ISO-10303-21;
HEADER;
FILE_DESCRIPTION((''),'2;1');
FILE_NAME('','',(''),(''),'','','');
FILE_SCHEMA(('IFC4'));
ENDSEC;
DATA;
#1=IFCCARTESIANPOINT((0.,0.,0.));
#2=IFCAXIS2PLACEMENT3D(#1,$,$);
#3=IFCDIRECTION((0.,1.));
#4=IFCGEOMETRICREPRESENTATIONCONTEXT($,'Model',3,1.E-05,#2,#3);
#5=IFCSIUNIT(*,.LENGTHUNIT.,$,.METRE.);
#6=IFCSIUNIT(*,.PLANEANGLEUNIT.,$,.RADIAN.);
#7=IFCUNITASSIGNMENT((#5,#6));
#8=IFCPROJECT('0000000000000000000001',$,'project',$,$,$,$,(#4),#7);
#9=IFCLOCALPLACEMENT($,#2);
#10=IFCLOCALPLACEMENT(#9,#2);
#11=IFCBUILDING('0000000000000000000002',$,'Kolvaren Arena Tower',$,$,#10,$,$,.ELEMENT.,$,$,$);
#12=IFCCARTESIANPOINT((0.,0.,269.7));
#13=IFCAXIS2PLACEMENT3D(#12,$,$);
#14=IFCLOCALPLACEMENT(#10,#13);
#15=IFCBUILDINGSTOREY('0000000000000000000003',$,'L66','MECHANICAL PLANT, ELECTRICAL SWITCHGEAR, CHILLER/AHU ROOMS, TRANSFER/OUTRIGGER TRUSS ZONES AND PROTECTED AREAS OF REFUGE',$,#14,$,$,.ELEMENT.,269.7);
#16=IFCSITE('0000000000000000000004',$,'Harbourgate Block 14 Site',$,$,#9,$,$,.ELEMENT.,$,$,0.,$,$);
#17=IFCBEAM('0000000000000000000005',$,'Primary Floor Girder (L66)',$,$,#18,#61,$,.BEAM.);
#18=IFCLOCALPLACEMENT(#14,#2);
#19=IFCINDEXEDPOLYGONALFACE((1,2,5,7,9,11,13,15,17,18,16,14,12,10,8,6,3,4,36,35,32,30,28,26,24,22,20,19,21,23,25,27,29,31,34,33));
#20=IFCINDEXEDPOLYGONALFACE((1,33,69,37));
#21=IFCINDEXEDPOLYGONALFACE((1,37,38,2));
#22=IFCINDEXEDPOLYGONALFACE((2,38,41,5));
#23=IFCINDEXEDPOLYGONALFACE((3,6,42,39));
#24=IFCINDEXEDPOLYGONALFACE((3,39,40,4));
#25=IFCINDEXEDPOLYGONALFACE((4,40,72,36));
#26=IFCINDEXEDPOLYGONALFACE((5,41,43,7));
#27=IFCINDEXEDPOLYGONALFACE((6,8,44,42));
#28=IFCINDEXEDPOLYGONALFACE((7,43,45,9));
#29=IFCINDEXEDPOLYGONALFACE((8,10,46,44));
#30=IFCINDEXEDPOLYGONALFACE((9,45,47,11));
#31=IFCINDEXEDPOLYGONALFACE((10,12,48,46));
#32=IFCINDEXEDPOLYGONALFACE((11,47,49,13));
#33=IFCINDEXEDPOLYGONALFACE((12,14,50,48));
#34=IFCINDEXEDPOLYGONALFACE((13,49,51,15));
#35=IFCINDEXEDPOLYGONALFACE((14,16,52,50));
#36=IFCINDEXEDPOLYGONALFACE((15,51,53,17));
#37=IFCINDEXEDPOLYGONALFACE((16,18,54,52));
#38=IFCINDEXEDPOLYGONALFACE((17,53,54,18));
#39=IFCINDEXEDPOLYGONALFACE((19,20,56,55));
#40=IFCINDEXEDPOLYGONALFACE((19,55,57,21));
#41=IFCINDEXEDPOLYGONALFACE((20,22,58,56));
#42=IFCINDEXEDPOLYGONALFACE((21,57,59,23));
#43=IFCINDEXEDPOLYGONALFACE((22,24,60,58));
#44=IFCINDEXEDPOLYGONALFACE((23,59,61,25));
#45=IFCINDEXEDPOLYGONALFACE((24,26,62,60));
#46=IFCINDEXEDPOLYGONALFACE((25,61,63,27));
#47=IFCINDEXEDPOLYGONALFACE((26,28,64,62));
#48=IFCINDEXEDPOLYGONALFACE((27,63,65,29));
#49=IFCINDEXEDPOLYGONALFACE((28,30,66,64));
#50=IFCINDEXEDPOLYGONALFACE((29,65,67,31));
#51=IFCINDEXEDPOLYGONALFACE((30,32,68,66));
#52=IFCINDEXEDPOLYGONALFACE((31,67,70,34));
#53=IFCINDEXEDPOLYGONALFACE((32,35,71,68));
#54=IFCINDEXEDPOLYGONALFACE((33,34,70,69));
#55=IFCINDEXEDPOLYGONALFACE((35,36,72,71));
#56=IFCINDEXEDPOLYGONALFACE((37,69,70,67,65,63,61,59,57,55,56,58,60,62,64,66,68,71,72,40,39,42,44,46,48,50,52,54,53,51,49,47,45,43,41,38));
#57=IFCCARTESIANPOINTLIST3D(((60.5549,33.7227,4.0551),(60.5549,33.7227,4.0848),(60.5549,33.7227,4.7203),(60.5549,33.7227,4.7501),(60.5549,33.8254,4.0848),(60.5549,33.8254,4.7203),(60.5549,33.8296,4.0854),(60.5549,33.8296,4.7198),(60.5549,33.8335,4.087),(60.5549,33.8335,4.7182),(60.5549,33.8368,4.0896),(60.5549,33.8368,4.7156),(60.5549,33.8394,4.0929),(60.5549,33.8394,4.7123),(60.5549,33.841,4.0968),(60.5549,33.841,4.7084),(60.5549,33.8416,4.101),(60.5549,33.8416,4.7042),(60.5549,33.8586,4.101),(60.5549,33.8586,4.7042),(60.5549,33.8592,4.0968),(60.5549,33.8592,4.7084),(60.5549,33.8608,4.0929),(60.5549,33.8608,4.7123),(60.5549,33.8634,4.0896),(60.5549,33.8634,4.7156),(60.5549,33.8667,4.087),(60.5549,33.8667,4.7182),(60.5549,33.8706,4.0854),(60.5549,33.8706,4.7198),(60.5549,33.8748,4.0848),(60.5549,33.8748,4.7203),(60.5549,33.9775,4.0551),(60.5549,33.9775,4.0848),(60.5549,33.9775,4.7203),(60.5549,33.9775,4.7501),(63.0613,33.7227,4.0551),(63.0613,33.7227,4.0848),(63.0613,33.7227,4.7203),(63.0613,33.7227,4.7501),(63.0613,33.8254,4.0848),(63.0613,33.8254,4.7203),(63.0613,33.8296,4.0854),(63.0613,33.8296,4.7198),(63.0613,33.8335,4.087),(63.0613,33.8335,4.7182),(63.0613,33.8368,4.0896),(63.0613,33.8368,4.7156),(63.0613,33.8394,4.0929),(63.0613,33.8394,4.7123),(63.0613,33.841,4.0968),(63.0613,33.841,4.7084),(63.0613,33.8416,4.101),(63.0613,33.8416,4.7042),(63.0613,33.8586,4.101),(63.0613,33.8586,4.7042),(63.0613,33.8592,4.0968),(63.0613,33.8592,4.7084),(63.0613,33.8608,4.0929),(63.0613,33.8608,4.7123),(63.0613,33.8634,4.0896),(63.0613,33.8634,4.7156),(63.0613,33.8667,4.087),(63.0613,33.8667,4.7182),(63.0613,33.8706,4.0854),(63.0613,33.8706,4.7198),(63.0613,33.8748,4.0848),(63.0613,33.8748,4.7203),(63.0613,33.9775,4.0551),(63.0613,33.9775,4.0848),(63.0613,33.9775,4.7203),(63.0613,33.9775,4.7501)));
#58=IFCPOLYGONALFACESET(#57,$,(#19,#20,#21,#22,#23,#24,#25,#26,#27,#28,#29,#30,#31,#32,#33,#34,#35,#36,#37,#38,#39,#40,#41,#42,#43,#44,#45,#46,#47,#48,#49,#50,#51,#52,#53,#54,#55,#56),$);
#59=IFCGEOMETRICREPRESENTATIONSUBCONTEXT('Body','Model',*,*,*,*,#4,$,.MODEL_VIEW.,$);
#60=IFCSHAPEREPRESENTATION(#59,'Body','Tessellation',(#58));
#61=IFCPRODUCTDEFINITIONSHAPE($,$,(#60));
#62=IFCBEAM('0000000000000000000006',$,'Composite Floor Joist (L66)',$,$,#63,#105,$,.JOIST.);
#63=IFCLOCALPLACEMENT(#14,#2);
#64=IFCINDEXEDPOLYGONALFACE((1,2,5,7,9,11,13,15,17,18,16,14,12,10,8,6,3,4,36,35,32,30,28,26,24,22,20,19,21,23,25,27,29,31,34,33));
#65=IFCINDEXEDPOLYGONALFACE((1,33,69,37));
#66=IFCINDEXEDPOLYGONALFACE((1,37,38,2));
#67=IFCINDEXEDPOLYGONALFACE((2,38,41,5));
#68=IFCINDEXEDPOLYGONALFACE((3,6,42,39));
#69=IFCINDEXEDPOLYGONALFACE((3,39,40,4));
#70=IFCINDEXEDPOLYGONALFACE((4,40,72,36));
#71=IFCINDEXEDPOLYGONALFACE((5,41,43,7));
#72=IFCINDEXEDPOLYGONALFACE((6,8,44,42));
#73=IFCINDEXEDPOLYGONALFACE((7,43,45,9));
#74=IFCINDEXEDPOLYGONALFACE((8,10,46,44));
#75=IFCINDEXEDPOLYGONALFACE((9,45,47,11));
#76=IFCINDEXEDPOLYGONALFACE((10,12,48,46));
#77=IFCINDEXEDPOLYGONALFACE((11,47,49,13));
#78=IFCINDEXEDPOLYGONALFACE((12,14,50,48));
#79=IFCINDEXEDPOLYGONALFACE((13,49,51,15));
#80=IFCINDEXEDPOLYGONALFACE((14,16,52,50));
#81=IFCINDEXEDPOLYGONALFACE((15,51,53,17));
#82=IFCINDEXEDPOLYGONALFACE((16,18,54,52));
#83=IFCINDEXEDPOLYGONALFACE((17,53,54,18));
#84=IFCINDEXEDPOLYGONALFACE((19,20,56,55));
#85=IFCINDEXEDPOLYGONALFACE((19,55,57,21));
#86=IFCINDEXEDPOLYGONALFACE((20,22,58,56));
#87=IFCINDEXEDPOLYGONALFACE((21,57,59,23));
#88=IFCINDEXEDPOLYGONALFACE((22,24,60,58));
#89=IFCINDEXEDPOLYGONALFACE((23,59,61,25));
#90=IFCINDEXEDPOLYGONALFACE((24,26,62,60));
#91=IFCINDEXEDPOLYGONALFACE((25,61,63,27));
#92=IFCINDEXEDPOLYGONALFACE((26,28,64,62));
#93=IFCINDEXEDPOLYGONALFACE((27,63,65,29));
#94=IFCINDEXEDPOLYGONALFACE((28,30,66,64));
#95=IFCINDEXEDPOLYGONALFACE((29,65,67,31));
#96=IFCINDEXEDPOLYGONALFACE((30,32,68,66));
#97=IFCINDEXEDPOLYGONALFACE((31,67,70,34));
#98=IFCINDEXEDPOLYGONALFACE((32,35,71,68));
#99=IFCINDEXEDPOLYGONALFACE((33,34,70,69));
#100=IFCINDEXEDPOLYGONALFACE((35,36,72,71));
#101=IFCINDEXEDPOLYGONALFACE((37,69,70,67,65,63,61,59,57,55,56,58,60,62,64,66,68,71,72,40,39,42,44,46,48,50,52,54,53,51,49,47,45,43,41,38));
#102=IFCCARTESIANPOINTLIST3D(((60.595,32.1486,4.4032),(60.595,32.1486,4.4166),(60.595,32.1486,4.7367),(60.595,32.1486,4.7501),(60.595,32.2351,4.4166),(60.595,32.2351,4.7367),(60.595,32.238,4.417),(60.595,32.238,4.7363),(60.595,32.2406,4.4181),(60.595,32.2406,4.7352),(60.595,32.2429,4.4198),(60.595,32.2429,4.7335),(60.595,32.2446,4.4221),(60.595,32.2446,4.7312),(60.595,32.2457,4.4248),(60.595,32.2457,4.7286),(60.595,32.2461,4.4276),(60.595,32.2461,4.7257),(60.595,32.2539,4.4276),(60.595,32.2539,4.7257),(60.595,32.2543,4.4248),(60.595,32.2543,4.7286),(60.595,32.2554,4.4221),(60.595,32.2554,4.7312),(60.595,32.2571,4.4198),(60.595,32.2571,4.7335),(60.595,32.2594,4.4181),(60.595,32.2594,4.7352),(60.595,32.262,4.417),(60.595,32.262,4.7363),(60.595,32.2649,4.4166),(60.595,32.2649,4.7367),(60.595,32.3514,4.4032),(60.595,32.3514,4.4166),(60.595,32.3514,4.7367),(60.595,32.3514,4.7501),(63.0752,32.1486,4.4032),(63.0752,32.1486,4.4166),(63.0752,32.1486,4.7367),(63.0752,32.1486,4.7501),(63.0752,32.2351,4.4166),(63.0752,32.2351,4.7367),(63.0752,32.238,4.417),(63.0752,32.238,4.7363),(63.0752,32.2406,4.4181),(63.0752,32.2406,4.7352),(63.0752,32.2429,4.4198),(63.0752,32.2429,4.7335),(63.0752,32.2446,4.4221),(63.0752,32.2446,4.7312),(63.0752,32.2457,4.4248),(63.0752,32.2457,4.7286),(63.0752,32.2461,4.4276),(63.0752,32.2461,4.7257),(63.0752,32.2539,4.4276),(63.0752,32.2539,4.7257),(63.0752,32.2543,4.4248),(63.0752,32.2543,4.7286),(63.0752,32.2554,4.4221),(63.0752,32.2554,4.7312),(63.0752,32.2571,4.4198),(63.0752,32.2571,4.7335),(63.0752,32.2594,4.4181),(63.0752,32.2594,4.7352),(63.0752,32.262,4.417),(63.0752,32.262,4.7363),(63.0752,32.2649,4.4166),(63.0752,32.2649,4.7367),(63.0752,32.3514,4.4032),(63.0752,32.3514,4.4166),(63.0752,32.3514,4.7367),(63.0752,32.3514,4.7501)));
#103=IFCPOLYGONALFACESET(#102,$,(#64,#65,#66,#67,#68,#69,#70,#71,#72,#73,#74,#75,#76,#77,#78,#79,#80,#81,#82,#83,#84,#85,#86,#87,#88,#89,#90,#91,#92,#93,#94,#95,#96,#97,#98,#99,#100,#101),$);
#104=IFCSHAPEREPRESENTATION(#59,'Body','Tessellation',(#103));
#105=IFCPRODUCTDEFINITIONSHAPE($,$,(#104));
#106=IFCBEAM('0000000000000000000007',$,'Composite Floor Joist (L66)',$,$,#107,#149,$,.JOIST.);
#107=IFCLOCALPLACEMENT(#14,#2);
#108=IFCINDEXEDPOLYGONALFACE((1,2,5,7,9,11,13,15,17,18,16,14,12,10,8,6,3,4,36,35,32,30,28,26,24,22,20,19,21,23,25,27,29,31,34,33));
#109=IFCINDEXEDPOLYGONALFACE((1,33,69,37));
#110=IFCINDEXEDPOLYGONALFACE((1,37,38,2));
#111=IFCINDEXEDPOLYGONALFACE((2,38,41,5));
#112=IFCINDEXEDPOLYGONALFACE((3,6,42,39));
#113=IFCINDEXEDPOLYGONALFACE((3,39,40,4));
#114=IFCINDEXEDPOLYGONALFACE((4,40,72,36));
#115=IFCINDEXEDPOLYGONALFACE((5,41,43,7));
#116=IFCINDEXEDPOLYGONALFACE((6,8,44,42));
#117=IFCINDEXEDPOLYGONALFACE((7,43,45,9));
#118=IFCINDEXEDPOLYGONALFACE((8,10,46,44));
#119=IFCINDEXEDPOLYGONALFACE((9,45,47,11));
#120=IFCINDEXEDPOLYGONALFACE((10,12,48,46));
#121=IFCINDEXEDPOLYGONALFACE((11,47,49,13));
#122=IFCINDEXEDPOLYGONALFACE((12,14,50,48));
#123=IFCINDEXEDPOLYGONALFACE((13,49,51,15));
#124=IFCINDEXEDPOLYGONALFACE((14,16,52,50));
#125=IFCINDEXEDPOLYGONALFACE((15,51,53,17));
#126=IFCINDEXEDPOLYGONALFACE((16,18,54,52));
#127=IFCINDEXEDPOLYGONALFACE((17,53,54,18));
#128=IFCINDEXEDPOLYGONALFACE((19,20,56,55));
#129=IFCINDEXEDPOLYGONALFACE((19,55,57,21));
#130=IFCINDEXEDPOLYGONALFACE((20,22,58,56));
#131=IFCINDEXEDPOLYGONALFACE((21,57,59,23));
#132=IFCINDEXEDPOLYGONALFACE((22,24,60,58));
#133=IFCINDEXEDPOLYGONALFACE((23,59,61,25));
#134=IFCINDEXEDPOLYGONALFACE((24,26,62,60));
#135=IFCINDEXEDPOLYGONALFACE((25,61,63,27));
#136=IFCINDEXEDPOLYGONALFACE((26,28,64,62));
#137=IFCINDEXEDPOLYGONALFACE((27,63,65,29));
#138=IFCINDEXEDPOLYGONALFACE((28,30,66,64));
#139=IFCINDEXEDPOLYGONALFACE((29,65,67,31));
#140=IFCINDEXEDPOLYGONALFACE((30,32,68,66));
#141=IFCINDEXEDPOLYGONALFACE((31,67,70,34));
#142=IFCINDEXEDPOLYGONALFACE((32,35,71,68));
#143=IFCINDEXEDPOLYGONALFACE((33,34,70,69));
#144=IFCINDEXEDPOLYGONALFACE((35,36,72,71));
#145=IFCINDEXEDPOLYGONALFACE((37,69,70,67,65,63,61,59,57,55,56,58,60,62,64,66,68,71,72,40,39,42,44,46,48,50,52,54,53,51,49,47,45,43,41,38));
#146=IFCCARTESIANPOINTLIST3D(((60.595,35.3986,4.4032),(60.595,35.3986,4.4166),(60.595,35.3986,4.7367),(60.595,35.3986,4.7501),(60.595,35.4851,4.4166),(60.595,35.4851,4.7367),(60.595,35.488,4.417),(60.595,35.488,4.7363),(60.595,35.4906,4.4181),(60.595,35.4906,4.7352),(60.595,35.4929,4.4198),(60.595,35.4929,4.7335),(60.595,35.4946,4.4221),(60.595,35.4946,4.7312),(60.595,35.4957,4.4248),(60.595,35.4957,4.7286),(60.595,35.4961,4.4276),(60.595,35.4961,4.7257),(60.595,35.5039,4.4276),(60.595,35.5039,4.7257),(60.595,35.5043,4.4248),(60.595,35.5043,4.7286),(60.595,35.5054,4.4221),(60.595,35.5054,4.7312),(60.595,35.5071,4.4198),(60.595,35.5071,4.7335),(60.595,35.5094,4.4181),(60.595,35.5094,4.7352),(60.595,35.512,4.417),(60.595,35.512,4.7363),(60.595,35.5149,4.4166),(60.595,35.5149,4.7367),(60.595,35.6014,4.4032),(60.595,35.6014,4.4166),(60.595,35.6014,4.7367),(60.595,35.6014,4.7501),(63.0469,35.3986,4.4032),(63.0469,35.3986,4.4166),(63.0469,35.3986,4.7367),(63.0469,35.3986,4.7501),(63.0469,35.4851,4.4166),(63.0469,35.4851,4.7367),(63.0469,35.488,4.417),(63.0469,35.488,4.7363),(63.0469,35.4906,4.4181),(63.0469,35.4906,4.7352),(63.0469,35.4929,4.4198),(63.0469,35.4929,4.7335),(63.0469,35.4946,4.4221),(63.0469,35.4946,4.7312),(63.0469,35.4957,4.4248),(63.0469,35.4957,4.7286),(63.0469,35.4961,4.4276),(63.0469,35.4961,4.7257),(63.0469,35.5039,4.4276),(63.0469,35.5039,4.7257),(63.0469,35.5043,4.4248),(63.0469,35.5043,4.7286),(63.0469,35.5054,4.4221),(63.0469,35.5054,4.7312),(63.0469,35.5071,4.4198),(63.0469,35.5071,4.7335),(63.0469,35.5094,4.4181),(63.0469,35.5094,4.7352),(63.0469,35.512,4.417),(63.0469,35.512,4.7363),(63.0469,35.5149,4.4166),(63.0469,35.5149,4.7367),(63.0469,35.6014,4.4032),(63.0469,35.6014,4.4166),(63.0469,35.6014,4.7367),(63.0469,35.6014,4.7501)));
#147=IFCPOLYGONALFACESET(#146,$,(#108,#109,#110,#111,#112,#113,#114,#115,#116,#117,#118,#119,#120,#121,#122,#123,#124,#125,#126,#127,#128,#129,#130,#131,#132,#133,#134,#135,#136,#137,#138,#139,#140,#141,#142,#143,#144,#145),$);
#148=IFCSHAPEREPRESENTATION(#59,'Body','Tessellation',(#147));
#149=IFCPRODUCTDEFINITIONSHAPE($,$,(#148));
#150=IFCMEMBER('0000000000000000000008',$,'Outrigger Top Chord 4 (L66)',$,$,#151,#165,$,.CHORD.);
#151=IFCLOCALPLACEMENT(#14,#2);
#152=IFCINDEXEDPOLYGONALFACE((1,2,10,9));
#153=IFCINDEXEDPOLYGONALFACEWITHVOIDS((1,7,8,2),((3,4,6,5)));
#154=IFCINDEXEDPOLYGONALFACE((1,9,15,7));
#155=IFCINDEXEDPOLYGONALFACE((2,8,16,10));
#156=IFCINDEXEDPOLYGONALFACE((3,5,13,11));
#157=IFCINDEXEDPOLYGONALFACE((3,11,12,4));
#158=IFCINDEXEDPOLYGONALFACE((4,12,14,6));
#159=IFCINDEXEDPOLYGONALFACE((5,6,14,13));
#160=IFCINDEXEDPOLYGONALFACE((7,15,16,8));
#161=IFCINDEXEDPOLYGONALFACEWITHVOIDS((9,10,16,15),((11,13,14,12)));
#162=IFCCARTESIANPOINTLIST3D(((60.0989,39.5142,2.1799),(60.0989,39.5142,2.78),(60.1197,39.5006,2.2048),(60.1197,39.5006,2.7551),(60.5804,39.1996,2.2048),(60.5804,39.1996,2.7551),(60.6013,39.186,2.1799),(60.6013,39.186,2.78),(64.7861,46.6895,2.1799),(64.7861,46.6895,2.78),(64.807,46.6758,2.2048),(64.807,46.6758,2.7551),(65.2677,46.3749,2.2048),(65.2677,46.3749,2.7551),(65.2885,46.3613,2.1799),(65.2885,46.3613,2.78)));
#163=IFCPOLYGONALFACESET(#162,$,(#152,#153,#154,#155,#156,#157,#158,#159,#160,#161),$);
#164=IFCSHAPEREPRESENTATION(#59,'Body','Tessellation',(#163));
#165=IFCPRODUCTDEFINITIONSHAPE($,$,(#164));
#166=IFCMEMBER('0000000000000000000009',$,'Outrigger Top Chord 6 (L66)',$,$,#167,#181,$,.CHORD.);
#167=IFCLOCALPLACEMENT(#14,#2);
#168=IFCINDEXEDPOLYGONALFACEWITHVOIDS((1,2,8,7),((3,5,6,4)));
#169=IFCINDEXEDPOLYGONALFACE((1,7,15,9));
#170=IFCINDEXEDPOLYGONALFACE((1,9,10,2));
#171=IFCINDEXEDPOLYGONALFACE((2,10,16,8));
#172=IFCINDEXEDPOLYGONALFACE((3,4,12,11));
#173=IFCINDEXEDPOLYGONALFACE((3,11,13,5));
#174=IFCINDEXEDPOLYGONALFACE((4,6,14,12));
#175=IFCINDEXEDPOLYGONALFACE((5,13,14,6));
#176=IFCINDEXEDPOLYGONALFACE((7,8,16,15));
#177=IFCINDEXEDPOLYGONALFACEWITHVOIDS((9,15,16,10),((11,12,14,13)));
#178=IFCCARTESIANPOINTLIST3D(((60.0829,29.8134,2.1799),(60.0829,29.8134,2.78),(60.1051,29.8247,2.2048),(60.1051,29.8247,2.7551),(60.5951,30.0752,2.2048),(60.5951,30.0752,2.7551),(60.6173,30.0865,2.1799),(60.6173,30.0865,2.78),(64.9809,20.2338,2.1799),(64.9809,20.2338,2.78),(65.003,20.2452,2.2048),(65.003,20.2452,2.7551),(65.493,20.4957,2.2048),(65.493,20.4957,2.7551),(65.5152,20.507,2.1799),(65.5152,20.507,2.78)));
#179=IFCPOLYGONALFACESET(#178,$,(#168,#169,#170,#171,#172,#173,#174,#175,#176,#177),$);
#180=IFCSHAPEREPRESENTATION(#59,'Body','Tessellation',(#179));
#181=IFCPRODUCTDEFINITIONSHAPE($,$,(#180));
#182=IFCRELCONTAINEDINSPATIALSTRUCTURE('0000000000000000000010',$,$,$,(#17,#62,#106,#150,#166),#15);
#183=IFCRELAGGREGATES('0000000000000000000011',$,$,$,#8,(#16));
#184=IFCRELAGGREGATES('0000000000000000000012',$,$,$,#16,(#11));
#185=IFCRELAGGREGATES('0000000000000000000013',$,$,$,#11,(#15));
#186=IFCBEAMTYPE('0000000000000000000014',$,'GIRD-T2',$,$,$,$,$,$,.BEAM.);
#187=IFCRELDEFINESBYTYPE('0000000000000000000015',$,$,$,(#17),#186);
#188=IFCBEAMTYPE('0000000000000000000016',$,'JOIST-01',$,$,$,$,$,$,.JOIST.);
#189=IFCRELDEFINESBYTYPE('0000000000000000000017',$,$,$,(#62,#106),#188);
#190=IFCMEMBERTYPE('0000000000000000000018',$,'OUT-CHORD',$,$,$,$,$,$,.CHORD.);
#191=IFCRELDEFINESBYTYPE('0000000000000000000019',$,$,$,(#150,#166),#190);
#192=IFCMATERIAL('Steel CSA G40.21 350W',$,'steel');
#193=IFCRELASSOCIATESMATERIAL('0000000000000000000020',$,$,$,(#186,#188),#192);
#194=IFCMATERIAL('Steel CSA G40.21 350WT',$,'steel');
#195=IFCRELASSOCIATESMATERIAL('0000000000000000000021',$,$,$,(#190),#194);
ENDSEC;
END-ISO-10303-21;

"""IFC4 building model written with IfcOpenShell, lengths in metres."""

from ifc_helpers import new_model, si_unit, direction, frame, origin, origin_2d, place, context, subcontext, project, spatial, hollow_rectangle, i_section, extrude, material, material_profile, profile_set, type_object, element, save


model = new_model("IFC4")

# Units and contexts
model_context = context("Model", 3, precision=1e-05, world=origin(), true_north=direction((0.0, 1.0)))
body_context = subcontext(model_context, "Body", "Model", "MODEL_VIEW")
ifc_project = project(units=[si_unit("LENGTHUNIT", "METRE"), si_unit("PLANEANGLEUNIT", "RADIAN")], contexts=[model_context])

# Site, building, storey
site_placement = place(None, origin())
site = spatial("IfcSite", under=ifc_project, at=site_placement, Name="Harbourgate Block 14 Site", CompositionType="ELEMENT", RefElevation=0.0)
building_placement = place(site_placement, origin())
building = spatial("IfcBuilding", under=site, at=building_placement, Name="Kolvaren Arena Tower", CompositionType="ELEMENT")
storey_placement = place(building_placement, frame((0.0, 0.0, 269.7)))
storey = spatial("IfcBuildingStorey", under=building, at=storey_placement, Name="L66", Description="MECHANICAL PLANT, ELECTRICAL SWITCHGEAR, CHILLER/AHU ROOMS, TRANSFER/OUTRIGGER TRUSS ZONES AND PROTECTED AREAS OF REFUGE", CompositionType="ELEMENT", Elevation=269.7)

# Shared definitions
ifc_material_1 = material(Name="Steel CSA G40.21 350W", Category="steel")

# Shared definitions
ifc_material_2 = material(Name="Steel CSA G40.21 350WT", Category="steel")

# Beams
ifc_material_profile_1 = material_profile(ifc_material_1, i_section(OverallWidth=0.2549, OverallDepth=0.6951, WebThickness=0.0171, FlangeThickness=0.0298, FilletRadius=0.0161, at=origin_2d()), Name="W690x217")
ifc_profile_set_1 = profile_set([ifc_material_profile_1], Name="Steel CSA G40.21 350W")
beam_type_1 = type_object("IfcBeamType", Name="GIRD-T2", PredefinedType="BEAM", material=ifc_profile_set_1)
beam_1_placement = place(storey_placement, frame((60.5549, 33.8501, 4.4026), z_axis=(1.0, 0.0, 0.0), x_axis=(0.0, 1.0, 0.0)))
element("IfcBeam", 1, at=beam_1_placement, inside=storey, type_object=beam_type_1, Name="Primary Floor Girder (L66)", PredefinedType="BEAM", context=body_context, shape_type="SweptSolid", body=[
    extrude(i_section(OverallWidth=0.2549, OverallDepth=0.6951, WebThickness=0.0171, FlangeThickness=0.0298, FilletRadius=0.0161, at=origin_2d()), origin(), (0.0, 0.0, 1.0), 2.5063),
])
ifc_material_profile_2 = material_profile(ifc_material_1, i_section(OverallWidth=0.2029, OverallDepth=0.3469, WebThickness=0.0078, FlangeThickness=0.0134, FilletRadius=0.011, at=origin_2d()), Name="W360x64")
ifc_profile_set_2 = profile_set([ifc_material_profile_2], Name="Steel CSA G40.21 350W")
beam_type_2 = type_object("IfcBeamType", Name="JOIST-01", PredefinedType="JOIST", material=ifc_profile_set_2)
beam_2_placement = place(storey_placement, frame((60.595, 32.25, 4.5767), z_axis=(1.0, 0.0, 0.0), x_axis=(0.0, 1.0, 0.0)))
element("IfcBeam", 2, at=beam_2_placement, inside=storey, type_object=beam_type_2, Name="Composite Floor Joist (L66)", PredefinedType="JOIST", context=body_context, shape_type="SweptSolid", body=[
    extrude(i_section(OverallWidth=0.2029, OverallDepth=0.3469, WebThickness=0.0078, FlangeThickness=0.0134, FilletRadius=0.011, at=origin_2d()), origin(), (0.0, 0.0, 1.0), 2.4802),
])
beam_3_placement = place(storey_placement, frame((60.595, 35.5, 4.5767), z_axis=(1.0, 0.0, 0.0), x_axis=(0.0, 1.0, 0.0)))
element("IfcBeam", 3, at=beam_3_placement, inside=storey, type_object=beam_type_2, Name="Composite Floor Joist (L66)", PredefinedType="JOIST", context=body_context, shape_type="SweptSolid", body=[
    extrude(i_section(OverallWidth=0.2029, OverallDepth=0.3469, WebThickness=0.0078, FlangeThickness=0.0134, FilletRadius=0.011, at=origin_2d()), origin(), (0.0, 0.0, 1.0), 2.4519),
])

# Members
ifc_material_profile_3 = material_profile(ifc_material_2, hollow_rectangle(XDim=0.6001, YDim=0.6001, WallThickness=0.0249, at=origin_2d()), Name="HSS 600x600x25")
ifc_profile_set_3 = profile_set([ifc_material_profile_3], Name="Steel CSA G40.21 350WT")
member_type_1 = type_object("IfcMemberType", Name="OUT-CHORD", PredefinedType="CHORD", material=ifc_profile_set_3)
member_1_placement = place(storey_placement, frame((60.3501, 39.3501, 2.48), z_axis=(0.546899, 0.837198, 0.0), x_axis=(-0.837198, 0.546899, 0.0)))
element("IfcMember", 4, at=member_1_placement, inside=storey, type_object=member_type_1, Name="Outrigger Top Chord 4 (L66)", PredefinedType="CHORD", context=body_context, shape_type="SweptSolid", body=[
    extrude(hollow_rectangle(XDim=0.6001, YDim=0.6001, WallThickness=0.0249, at=origin_2d()), origin(), (0.0, 0.0, 1.0), 8.5706),
])
member_2_placement = place(storey_placement, frame((60.3501, 29.95, 2.48), z_axis=(0.455237, -0.89037, 0.0), x_axis=(0.89037, 0.455237, 0.0)))
element("IfcMember", 5, at=member_2_placement, inside=storey, type_object=member_type_1, Name="Outrigger Top Chord 6 (L66)", PredefinedType="CHORD", context=body_context, shape_type="SweptSolid", body=[
    extrude(hollow_rectangle(XDim=0.6001, YDim=0.6001, WallThickness=0.0249, at=origin_2d()), origin(), (0.0, 0.0, 1.0), 10.759),
])

save(model, "model.ifc")
